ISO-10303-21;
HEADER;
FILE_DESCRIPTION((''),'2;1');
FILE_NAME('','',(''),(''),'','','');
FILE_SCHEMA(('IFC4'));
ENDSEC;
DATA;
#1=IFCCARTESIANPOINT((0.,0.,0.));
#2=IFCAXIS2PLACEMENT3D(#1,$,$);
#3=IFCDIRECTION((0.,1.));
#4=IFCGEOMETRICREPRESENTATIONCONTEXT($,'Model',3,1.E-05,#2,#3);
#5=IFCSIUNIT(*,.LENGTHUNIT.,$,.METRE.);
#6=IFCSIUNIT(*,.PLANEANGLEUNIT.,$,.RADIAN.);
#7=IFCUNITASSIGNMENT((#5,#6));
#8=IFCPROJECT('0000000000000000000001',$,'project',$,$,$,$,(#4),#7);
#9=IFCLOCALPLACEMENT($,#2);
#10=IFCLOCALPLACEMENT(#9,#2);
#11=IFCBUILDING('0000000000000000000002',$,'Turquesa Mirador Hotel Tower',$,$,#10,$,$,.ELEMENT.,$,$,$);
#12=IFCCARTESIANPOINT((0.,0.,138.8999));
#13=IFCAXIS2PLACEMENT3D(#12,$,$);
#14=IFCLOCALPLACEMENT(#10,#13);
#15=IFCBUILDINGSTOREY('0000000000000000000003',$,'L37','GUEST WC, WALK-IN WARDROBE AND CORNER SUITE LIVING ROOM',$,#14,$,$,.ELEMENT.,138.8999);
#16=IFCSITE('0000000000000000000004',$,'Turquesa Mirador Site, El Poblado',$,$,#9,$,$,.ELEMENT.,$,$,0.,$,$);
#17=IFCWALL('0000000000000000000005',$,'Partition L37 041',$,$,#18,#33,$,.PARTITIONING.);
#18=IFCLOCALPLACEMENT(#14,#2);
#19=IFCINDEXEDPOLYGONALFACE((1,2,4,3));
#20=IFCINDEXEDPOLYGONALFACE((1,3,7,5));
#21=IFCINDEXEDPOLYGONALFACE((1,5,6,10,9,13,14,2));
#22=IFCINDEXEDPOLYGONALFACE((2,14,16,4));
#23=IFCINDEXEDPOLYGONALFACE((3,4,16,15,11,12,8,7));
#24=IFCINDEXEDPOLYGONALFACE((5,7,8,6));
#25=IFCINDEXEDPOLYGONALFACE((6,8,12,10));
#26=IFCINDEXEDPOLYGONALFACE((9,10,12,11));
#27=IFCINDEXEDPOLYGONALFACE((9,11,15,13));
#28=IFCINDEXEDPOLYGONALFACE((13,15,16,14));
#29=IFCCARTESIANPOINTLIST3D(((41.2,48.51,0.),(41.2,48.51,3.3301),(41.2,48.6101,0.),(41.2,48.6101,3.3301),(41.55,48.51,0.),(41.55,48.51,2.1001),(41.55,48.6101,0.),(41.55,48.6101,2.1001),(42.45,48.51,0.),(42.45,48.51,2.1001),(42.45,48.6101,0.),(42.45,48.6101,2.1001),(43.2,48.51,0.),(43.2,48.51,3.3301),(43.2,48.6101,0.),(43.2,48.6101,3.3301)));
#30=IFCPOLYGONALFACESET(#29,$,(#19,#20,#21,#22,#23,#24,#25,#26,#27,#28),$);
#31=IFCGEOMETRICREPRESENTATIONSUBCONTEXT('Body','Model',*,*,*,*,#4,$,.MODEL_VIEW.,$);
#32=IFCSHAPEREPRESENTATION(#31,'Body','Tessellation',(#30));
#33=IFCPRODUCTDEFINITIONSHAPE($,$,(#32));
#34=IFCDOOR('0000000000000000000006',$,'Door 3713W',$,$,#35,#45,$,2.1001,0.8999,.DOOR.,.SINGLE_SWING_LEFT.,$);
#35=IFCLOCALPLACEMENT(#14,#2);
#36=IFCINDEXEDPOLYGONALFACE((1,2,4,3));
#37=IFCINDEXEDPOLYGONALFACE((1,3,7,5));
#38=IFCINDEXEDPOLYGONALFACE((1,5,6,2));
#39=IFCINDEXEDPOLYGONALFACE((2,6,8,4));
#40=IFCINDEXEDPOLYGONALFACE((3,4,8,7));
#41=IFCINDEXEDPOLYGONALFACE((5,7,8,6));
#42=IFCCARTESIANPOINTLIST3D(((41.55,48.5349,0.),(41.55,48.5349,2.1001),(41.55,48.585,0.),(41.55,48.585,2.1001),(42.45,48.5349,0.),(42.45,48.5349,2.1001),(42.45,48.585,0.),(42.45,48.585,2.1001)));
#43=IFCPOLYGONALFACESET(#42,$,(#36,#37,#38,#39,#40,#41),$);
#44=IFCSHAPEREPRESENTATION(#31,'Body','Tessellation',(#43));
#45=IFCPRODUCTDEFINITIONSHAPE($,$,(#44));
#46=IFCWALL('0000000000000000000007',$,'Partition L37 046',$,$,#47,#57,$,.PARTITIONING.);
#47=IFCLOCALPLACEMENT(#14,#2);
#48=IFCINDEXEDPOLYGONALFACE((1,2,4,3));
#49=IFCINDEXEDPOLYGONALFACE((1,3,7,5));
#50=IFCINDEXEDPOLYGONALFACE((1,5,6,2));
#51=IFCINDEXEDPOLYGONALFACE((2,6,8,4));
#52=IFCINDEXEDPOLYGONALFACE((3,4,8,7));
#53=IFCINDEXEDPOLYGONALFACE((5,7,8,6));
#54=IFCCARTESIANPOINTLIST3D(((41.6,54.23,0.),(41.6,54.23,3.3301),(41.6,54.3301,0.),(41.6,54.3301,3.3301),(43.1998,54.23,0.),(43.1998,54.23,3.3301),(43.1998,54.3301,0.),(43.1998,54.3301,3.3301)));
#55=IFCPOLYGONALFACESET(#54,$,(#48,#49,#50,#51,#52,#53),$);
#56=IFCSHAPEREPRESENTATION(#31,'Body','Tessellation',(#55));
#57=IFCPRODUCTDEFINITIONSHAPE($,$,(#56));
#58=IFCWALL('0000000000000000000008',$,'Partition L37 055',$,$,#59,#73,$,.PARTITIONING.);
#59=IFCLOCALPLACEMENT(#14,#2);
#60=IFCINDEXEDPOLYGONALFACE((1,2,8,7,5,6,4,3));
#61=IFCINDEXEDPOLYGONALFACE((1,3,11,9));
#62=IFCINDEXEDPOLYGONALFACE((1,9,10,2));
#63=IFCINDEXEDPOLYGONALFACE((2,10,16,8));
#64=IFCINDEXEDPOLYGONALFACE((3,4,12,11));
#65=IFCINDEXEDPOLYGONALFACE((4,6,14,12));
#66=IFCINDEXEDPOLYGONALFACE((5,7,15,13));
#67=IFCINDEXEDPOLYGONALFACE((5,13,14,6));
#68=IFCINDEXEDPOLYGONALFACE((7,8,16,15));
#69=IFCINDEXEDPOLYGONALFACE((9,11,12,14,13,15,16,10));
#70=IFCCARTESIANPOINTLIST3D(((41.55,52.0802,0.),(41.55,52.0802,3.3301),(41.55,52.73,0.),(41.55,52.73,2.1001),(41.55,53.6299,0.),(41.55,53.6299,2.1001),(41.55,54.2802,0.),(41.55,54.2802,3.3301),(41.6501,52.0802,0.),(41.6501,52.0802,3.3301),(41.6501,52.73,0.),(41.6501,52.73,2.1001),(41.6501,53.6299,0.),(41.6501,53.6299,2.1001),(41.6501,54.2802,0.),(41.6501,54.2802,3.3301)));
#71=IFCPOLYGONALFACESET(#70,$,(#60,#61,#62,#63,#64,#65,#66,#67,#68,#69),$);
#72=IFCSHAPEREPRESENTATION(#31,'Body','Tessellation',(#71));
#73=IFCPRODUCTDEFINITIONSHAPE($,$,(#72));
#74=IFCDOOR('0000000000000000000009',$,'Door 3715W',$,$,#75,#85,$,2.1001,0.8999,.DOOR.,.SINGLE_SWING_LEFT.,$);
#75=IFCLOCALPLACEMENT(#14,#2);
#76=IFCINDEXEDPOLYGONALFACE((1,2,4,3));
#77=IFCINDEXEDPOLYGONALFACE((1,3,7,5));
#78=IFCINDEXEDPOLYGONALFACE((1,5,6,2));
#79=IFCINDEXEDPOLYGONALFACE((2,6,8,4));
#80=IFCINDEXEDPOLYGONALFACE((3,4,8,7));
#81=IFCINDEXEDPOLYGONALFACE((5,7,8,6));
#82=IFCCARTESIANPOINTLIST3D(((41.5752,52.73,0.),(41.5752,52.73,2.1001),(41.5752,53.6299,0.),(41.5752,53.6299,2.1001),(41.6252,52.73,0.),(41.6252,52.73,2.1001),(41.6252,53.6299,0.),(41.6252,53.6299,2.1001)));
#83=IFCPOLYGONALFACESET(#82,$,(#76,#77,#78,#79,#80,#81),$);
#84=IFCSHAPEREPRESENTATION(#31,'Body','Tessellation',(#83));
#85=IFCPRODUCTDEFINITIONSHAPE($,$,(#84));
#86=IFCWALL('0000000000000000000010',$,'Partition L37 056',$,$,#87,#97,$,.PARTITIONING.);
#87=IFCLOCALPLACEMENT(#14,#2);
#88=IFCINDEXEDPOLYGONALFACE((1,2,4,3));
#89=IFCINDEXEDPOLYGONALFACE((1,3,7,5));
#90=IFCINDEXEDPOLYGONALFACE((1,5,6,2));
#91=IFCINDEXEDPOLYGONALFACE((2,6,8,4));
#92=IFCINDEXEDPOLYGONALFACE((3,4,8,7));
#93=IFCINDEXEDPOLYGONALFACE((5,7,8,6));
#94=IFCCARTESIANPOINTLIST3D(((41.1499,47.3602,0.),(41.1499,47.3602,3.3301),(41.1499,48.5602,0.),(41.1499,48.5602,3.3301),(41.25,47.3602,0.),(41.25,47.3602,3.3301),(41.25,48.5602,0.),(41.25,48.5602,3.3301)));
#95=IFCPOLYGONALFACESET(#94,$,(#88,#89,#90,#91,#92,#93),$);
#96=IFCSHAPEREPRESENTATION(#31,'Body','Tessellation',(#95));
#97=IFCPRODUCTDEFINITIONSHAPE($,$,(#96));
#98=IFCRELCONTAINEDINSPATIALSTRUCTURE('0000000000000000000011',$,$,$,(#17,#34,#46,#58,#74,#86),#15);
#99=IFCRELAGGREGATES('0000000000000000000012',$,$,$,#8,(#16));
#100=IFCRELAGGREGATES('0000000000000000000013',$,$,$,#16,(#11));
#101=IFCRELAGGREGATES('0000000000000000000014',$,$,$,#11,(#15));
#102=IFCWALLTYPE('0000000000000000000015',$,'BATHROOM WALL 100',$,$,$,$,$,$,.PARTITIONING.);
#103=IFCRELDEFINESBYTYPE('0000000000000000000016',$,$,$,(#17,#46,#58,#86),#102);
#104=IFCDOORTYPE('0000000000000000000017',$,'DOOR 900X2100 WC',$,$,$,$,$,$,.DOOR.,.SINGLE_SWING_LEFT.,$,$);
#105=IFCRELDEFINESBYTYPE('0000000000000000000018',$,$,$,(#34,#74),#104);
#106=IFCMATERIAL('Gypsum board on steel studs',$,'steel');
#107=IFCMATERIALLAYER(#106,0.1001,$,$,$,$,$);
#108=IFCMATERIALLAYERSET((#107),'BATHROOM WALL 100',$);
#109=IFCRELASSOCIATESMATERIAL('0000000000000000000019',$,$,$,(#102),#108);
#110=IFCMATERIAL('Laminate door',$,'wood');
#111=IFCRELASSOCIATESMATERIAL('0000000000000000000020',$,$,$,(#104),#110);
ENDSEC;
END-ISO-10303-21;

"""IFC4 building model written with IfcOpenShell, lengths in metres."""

from ifc_helpers import new_model, si_unit, direction, frame, frame_2d, origin, place, context, subcontext, project, spatial, rectangle, extrude, material, layer, layer_set, type_object, element, fill, save


model = new_model("IFC4")

# Units and contexts
model_context = context("Model", 3, precision=1e-05, world=origin(), true_north=direction((0.0, 1.0)))
body_context = subcontext(model_context, "Body", "Model", "MODEL_VIEW")
ifc_project = project(units=[si_unit("LENGTHUNIT", "METRE"), si_unit("PLANEANGLEUNIT", "RADIAN")], contexts=[model_context])

# Site, building, storey
site_placement = place(None, origin())
site = spatial("IfcSite", under=ifc_project, at=site_placement, Name="Turquesa Mirador Site, El Poblado", CompositionType="ELEMENT", RefElevation=0.0)
building_placement = place(site_placement, origin())
building = spatial("IfcBuilding", under=site, at=building_placement, Name="Turquesa Mirador Hotel Tower", CompositionType="ELEMENT")
storey_placement = place(building_placement, frame((0.0, 0.0, 138.8999)))
storey = spatial("IfcBuildingStorey", under=building, at=storey_placement, Name="L37", Description="GUEST WC, WALK-IN WARDROBE AND CORNER SUITE LIVING ROOM", CompositionType="ELEMENT", Elevation=138.8999)

# Wall, opening, door
ifc_material_1 = material(Name="Gypsum board on steel studs", Category="steel")
ifc_layer_1 = layer(ifc_material_1, 0.1001)
ifc_layer_set_1 = layer_set([ifc_layer_1], Name="BATHROOM WALL 100")
wall_type_1 = type_object("IfcWallType", Name="BATHROOM WALL 100", PredefinedType="PARTITIONING", material=ifc_layer_set_1)
wall_1_placement = place(storey_placement, frame((41.2, 48.5601, 0.0), z_axis=(0.0, 0.0, 1.0), x_axis=(1.0, 0.0, 0.0)))
wall_1 = element("IfcWall", 1, at=wall_1_placement, inside=storey, type_object=wall_type_1, Name="Partition L37 041", PredefinedType="PARTITIONING", context=body_context, shape_type="SweptSolid", body=[
    extrude(rectangle(XDim=2.0, YDim=0.1001, at=frame_2d((1.0, 0.0))), origin(), (0.0, 0.0, 1.0), 3.3301),
])
opening_1_placement = place(wall_1_placement, frame((0.3501, 0.0, 0.0)))
opening_1 = element("IfcOpeningElement", 2, at=opening_1_placement, cuts=wall_1, PredefinedType="OPENING", context=body_context, shape_type="SweptSolid", body=[
    extrude(rectangle(XDim=0.8999, YDim=2.1001, at=frame_2d((0.45, 1.05))), frame((0.0, 0.0601, 0.0), z_axis=(0.0, -1.0, 0.0), x_axis=(1.0, 0.0, 0.0)), (0.0, 0.0, 1.0), 0.1201),
])
ifc_material_2 = material(Name="Laminate door", Category="wood")
door_type_1 = type_object("IfcDoorType", Name="DOOR 900X2100 WC", OperationType="SINGLE_SWING_LEFT", PredefinedType="DOOR", material=ifc_material_2)
door_1_placement = place(opening_1_placement, origin())
door_1 = element("IfcDoor", 3, at=door_1_placement, inside=storey, type_object=door_type_1, Name="Door 3713W", OperationType="SINGLE_SWING_LEFT", OverallHeight=2.1001, OverallWidth=0.8999, PredefinedType="DOOR", context=body_context, shape_type="SweptSolid", body=[
    extrude(rectangle(XDim=0.8999, YDim=2.1001, at=frame_2d((0.45, 1.05))), frame((0.0, 0.0249, 0.0), z_axis=(0.0, -1.0, 0.0), x_axis=(1.0, 0.0, 0.0)), (0.0, 0.0, 1.0), 0.05),
])
fill(opening_1, door_1)

# Wall
wall_2_placement = place(storey_placement, frame((41.6001, 54.28, 0.0), z_axis=(0.0, 0.0, 1.0), x_axis=(1.0, 0.0, 0.0)))
element("IfcWall", 4, at=wall_2_placement, inside=storey, type_object=wall_type_1, Name="Partition L37 046", PredefinedType="PARTITIONING", context=body_context, shape_type="SweptSolid", body=[
    extrude(rectangle(XDim=1.5999, YDim=0.1001, at=frame_2d((0.7998, 0.0))), origin(), (0.0, 0.0, 1.0), 3.3301),
])

# Wall, opening, door
wall_3_placement = place(storey_placement, frame((41.6001, 52.0801, 0.0), z_axis=(0.0, 0.0, 1.0), x_axis=(0.0, 1.0, 0.0)))
wall_3 = element("IfcWall", 5, at=wall_3_placement, inside=storey, type_object=wall_type_1, Name="Partition L37 055", PredefinedType="PARTITIONING", context=body_context, shape_type="SweptSolid", body=[
    extrude(rectangle(XDim=2.2, YDim=0.1001, at=frame_2d((1.1001, 0.0))), origin(), (0.0, 0.0, 1.0), 3.3301),
])
opening_2_placement = place(wall_3_placement, frame((0.6499, 0.0, 0.0)))
opening_2 = element("IfcOpeningElement", 6, at=opening_2_placement, cuts=wall_3, PredefinedType="OPENING", context=body_context, shape_type="SweptSolid", body=[
    extrude(rectangle(XDim=0.8999, YDim=2.1001, at=frame_2d((0.45, 1.05))), frame((0.0, 0.0601, 0.0), z_axis=(0.0, -1.0, 0.0), x_axis=(1.0, 0.0, 0.0)), (0.0, 0.0, 1.0), 0.1201),
])
door_2_placement = place(opening_2_placement, origin())
door_2 = element("IfcDoor", 7, at=door_2_placement, inside=storey, type_object=door_type_1, Name="Door 3715W", OperationType="SINGLE_SWING_LEFT", OverallHeight=2.1001, OverallWidth=0.8999, PredefinedType="DOOR", context=body_context, shape_type="SweptSolid", body=[
    extrude(rectangle(XDim=0.8999, YDim=2.1001, at=frame_2d((0.45, 1.05))), frame((0.0, 0.0249, 0.0), z_axis=(0.0, -1.0, 0.0), x_axis=(1.0, 0.0, 0.0)), (0.0, 0.0, 1.0), 0.05),
])
fill(opening_2, door_2)

# Wall
wall_4_placement = place(storey_placement, frame((41.2, 47.3601, 0.0), z_axis=(0.0, 0.0, 1.0), x_axis=(0.0, 1.0, 0.0)))
element("IfcWall", 8, at=wall_4_placement, inside=storey, type_object=wall_type_1, Name="Partition L37 056", PredefinedType="PARTITIONING", context=body_context, shape_type="SweptSolid", body=[
    extrude(rectangle(XDim=1.2, YDim=0.1001, at=frame_2d((0.6001, 0.0))), origin(), (0.0, 0.0, 1.0), 3.3301),
])

save(model, "model.ifc")
